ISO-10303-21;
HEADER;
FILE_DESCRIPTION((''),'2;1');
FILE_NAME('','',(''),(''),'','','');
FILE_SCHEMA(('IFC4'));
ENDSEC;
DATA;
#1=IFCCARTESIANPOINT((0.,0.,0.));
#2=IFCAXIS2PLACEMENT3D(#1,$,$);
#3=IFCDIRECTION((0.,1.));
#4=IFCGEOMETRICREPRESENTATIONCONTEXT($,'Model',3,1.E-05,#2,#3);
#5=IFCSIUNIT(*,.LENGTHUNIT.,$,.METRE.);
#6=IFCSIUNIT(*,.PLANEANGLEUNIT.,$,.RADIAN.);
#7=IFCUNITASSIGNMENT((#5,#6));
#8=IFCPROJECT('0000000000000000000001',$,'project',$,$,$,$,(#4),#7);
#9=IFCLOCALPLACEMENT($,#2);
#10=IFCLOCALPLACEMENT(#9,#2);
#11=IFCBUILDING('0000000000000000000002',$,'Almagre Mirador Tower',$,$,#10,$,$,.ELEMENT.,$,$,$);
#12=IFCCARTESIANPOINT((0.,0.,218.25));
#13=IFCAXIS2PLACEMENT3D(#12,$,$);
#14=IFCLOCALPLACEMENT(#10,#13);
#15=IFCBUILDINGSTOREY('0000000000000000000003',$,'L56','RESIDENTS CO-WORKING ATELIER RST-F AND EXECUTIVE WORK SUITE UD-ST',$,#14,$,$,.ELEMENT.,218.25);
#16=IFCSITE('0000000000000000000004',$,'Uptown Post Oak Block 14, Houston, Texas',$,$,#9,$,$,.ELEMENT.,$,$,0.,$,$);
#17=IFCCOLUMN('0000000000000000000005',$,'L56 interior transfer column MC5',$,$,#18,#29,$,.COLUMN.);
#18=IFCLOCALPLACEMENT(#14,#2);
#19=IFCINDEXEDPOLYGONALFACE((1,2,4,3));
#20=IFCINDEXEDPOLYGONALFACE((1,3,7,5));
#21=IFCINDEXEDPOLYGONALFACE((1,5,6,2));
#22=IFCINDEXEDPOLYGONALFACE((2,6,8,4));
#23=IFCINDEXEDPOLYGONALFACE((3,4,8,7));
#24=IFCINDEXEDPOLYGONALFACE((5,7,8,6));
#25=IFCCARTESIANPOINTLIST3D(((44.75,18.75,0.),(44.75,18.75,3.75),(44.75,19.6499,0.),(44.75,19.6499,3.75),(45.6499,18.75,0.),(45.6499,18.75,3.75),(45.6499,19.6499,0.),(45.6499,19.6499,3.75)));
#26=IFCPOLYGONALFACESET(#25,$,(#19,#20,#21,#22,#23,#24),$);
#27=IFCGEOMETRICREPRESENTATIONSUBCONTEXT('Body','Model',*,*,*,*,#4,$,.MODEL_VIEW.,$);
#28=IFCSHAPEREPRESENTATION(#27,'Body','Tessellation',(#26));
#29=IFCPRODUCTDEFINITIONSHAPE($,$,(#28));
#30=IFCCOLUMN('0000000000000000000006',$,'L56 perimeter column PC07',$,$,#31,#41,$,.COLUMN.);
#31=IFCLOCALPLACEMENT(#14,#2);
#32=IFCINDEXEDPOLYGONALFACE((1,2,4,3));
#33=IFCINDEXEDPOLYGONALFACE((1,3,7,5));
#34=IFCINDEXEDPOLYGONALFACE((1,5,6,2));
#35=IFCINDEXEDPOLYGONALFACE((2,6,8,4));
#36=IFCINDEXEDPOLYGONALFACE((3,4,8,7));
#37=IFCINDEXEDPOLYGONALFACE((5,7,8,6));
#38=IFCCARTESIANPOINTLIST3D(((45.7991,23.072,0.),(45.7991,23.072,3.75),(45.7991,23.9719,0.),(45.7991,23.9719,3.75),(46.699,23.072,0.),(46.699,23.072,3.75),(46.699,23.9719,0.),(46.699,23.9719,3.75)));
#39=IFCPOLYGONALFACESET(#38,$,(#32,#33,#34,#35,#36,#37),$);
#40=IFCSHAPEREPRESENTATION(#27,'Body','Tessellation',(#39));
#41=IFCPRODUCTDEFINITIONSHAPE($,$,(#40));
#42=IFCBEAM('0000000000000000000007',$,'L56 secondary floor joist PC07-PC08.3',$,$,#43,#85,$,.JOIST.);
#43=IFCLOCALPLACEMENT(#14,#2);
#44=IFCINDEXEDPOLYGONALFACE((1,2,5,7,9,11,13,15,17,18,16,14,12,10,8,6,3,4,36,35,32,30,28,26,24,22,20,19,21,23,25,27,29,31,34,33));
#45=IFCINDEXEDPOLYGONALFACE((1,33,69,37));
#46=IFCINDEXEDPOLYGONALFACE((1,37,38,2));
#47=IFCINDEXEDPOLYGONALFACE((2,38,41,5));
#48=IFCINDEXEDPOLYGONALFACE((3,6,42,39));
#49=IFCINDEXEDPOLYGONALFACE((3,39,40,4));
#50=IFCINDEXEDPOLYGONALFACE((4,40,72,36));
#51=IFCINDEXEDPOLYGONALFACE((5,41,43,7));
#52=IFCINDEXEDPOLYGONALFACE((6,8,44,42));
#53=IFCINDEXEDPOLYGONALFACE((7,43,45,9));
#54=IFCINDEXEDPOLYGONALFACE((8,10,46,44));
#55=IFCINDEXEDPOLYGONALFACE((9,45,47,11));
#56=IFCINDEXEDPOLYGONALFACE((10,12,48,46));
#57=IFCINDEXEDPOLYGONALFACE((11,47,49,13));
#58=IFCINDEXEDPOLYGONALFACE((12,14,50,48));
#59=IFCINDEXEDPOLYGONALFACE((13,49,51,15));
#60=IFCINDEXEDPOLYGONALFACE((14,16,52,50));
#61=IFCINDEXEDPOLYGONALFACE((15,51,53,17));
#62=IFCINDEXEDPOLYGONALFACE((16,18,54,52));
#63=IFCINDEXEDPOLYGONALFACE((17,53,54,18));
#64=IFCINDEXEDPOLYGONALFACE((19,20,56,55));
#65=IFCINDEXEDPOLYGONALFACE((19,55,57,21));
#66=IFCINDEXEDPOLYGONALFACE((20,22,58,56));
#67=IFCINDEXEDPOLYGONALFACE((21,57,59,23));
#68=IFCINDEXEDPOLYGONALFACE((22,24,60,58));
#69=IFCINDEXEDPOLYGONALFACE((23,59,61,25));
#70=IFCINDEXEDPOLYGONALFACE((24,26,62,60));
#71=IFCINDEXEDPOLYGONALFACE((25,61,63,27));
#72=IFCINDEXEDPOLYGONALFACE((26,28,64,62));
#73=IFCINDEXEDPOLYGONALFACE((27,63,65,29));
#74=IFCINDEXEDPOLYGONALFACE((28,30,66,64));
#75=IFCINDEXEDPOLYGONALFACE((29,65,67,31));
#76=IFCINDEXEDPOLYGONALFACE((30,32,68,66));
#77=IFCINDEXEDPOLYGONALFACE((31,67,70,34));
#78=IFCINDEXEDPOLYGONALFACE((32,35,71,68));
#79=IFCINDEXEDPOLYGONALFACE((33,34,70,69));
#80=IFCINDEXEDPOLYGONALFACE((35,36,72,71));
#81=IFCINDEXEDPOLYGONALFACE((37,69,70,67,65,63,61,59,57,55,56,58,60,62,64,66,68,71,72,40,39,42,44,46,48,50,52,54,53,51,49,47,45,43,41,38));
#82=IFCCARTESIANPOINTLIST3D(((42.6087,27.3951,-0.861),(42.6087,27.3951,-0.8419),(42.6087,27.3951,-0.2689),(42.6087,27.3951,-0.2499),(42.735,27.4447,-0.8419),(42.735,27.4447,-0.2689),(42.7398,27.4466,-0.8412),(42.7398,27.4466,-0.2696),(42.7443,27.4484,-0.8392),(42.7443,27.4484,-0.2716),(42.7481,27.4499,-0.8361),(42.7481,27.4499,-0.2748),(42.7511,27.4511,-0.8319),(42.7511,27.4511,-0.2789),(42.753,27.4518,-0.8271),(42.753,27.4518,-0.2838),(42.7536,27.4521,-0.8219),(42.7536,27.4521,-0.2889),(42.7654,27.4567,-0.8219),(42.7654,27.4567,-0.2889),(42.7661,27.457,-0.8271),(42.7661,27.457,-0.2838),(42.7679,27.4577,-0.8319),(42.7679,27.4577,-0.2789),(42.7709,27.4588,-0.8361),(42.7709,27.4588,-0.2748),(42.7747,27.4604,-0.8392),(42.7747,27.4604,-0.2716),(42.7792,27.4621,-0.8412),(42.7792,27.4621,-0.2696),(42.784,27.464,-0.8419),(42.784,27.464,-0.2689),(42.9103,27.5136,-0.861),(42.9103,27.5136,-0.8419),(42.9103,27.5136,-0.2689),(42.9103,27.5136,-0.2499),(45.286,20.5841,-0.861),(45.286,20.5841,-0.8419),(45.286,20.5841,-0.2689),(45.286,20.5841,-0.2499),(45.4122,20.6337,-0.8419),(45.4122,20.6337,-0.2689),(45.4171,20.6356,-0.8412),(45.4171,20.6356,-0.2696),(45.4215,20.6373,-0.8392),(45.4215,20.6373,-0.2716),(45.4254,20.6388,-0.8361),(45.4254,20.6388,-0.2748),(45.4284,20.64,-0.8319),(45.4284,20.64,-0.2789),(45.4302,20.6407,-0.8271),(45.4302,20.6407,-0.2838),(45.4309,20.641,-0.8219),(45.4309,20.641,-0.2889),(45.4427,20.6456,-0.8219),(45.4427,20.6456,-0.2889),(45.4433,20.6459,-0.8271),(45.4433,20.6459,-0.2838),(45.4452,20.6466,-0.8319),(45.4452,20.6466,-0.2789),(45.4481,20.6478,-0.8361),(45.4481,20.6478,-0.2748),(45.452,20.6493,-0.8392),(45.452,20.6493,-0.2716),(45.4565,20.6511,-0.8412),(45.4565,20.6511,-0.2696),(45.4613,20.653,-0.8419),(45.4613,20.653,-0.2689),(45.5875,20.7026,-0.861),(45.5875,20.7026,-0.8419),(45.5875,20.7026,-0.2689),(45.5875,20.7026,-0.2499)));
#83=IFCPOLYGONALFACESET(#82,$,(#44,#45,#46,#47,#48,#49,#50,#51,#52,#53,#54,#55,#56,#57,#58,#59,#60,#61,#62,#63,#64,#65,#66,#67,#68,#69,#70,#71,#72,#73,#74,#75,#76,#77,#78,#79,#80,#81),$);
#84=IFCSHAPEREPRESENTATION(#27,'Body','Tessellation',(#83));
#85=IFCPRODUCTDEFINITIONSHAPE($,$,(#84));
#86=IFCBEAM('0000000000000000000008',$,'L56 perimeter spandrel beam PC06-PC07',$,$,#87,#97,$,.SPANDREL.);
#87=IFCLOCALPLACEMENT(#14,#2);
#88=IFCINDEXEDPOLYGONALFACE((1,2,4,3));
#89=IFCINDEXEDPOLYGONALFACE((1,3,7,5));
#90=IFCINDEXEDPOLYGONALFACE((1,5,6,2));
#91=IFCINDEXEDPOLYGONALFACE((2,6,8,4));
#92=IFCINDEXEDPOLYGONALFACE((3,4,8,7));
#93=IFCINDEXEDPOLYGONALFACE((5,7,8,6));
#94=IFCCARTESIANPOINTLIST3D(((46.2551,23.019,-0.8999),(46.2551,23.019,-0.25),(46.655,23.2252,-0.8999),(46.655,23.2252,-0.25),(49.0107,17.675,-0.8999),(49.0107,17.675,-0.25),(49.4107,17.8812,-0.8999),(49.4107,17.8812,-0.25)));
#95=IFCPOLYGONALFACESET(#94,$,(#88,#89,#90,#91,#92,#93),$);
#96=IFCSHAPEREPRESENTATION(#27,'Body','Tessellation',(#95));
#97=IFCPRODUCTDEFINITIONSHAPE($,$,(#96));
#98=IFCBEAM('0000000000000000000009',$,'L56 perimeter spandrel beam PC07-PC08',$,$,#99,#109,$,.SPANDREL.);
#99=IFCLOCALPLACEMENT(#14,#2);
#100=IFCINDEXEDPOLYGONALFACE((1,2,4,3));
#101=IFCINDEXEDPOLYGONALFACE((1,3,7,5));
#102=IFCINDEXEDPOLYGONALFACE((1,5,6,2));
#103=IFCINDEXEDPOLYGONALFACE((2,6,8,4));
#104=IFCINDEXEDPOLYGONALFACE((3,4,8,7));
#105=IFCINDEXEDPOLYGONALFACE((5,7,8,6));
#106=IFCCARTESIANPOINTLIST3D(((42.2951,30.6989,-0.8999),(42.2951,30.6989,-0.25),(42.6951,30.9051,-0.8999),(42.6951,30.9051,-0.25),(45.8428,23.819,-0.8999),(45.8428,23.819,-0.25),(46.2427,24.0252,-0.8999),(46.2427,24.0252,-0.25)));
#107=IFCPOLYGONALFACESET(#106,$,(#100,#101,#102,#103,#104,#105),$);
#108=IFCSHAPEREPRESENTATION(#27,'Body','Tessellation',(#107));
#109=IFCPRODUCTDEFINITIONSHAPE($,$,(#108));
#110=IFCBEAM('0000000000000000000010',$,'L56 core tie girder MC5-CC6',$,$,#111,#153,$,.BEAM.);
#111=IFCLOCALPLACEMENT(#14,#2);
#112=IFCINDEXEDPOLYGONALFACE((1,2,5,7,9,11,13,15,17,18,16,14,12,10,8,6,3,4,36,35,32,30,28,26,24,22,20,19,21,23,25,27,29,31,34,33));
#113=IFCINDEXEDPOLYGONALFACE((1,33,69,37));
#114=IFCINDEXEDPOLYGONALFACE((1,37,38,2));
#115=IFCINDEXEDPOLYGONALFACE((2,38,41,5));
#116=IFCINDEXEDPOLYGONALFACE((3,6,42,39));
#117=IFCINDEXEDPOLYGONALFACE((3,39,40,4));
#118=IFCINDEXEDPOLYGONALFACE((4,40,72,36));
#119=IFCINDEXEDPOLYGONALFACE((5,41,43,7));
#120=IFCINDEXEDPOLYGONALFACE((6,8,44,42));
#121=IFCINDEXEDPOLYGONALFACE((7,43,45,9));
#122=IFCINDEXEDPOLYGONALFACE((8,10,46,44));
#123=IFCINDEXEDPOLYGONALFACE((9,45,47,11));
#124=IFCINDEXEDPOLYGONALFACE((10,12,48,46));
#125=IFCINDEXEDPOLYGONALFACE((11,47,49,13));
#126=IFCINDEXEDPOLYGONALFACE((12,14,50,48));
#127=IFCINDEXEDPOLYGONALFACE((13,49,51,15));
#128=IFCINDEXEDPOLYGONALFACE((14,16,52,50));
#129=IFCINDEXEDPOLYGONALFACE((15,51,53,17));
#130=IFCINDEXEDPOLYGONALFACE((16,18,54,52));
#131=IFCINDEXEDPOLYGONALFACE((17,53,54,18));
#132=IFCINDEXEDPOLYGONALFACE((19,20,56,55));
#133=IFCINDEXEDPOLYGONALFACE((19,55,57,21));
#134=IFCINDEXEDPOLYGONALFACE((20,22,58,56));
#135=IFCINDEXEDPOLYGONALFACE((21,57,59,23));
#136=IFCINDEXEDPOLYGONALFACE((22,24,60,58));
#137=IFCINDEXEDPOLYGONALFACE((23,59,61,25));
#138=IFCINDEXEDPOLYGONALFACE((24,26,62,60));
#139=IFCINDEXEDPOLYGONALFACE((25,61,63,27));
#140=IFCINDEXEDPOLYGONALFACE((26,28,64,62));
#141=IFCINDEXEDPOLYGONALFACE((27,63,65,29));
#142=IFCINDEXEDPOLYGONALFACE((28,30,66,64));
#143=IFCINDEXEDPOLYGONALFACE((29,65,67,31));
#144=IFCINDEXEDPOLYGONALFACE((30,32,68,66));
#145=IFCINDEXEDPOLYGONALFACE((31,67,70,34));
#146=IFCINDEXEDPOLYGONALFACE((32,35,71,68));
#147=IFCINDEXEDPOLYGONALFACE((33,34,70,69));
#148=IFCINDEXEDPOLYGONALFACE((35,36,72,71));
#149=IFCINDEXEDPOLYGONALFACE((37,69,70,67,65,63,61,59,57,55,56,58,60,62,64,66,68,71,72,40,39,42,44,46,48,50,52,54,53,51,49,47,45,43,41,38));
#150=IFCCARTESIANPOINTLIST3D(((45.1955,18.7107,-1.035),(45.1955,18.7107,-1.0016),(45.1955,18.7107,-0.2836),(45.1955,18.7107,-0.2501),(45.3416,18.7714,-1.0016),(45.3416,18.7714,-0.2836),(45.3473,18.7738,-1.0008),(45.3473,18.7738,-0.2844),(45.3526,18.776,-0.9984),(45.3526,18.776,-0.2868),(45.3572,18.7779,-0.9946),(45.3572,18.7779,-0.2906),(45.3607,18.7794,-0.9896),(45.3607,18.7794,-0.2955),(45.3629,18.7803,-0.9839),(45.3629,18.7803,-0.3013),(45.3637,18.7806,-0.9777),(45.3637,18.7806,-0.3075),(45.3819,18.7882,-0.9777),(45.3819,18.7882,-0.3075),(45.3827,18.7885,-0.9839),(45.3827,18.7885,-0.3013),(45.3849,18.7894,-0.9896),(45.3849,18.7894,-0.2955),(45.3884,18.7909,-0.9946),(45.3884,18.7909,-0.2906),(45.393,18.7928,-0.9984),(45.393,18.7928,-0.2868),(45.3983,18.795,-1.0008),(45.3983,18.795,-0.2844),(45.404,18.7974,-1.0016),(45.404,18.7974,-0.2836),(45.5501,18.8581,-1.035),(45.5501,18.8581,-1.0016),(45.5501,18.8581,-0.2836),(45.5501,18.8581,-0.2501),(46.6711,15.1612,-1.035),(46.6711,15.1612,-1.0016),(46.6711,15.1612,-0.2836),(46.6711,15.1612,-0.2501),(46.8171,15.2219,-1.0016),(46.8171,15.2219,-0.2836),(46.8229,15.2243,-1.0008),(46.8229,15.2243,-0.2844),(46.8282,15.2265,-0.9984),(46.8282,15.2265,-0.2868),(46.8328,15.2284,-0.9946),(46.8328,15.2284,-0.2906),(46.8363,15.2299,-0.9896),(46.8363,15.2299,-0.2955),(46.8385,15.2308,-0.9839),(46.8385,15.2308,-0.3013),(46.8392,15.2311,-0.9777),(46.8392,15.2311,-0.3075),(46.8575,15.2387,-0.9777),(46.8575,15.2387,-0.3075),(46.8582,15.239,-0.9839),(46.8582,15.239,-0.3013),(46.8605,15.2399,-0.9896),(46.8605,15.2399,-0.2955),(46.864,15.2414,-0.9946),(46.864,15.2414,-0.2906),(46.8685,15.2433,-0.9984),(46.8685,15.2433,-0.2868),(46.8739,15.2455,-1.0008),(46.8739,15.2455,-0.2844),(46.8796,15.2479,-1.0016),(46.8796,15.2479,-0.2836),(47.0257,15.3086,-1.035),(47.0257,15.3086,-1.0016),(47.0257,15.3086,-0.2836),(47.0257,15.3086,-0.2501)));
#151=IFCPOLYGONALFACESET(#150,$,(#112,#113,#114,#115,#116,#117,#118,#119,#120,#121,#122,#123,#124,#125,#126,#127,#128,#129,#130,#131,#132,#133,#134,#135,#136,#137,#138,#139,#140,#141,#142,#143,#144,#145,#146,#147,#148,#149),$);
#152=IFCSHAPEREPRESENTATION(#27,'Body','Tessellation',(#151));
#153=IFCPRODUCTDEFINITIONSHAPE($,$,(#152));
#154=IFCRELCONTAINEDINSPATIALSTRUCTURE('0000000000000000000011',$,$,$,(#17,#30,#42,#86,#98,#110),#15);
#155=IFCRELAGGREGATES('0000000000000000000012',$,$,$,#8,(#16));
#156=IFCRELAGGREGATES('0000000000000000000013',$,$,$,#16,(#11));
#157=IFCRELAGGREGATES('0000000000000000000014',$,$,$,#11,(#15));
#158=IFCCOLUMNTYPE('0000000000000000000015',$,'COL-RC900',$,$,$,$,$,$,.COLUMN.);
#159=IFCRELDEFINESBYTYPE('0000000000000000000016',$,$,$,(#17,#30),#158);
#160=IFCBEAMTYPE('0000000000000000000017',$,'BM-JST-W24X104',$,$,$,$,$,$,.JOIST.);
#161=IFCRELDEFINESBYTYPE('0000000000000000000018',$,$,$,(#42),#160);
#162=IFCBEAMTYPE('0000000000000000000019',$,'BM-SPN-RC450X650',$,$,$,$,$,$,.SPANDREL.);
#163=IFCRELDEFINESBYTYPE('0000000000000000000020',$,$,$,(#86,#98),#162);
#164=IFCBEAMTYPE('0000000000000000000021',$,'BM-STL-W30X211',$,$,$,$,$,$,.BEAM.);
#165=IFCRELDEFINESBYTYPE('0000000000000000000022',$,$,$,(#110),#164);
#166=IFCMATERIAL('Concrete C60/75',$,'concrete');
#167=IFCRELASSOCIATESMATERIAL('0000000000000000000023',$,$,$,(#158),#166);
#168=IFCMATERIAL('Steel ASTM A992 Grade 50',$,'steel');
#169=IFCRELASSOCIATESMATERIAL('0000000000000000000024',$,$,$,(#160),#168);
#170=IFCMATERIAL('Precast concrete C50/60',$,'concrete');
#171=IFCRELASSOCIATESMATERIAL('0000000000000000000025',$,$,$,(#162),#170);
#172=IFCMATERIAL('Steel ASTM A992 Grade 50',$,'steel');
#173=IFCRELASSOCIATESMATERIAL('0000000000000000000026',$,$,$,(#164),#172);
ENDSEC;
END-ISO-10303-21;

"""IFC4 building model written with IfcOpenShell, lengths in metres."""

from ifc_helpers import new_model, si_unit, direction, frame, origin, origin_2d, place, context, subcontext, project, spatial, rectangle, i_section, extrude, material, material_profile, profile_set, type_object, element, save


model = new_model("IFC4")

# Units and contexts
model_context = context("Model", 3, precision=1e-05, world=origin(), true_north=direction((0.0, 1.0)))
body_context = subcontext(model_context, "Body", "Model", "MODEL_VIEW")
ifc_project = project(units=[si_unit("LENGTHUNIT", "METRE"), si_unit("PLANEANGLEUNIT", "RADIAN")], contexts=[model_context])

# Site, building, storey
site_placement = place(None, origin())
site = spatial("IfcSite", under=ifc_project, at=site_placement, Name="Uptown Post Oak Block 14, Houston, Texas", CompositionType="ELEMENT", RefElevation=0.0)
building_placement = place(site_placement, origin())
building = spatial("IfcBuilding", under=site, at=building_placement, Name="Almagre Mirador Tower", CompositionType="ELEMENT")
storey_placement = place(building_placement, frame((0.0, 0.0, 218.25)))
storey = spatial("IfcBuildingStorey", under=building, at=storey_placement, Name="L56", Description="RESIDENTS CO-WORKING ATELIER RST-F AND EXECUTIVE WORK SUITE UD-ST", CompositionType="ELEMENT", Elevation=218.25)

# Columns
ifc_material_1 = material(Name="Concrete C60/75", Category="concrete")
ifc_material_profile_1 = material_profile(ifc_material_1, rectangle(XDim=0.8999, YDim=0.8999, at=origin_2d()), Name="RC900X900")
ifc_profile_set_1 = profile_set([ifc_material_profile_1], Name="Concrete C60/75")
column_type = type_object("IfcColumnType", Name="COL-RC900", PredefinedType="COLUMN", material=ifc_profile_set_1)
for number, where, z_axis, x_axis, name in (
    (1, (45.2, 19.2, 0.0), (0.0, 0.0, 1.0), (1.0, 0.0, 0.0), "L56 interior transfer column MC5"),
    (2, (46.249, 23.522, 0.0), (0.0, 0.0, 1.0), (1.0, 0.0, 0.0), "L56 perimeter column PC07"),
):
    element("IfcColumn", number, at=place(storey_placement, frame(where, z_axis=z_axis, x_axis=x_axis)), inside=storey, type_object=column_type, Name=name, PredefinedType="COLUMN", context=body_context, shape_type="SweptSolid", body=[
        extrude(rectangle(XDim=0.8999, YDim=0.8999, at=origin_2d()), origin(), (0.0, 0.0, 1.0), 3.75),
    ])

# Beams
ifc_material_2 = material(Name="Steel ASTM A992 Grade 50", Category="steel")
ifc_material_profile_2 = material_profile(ifc_material_2, i_section(OverallWidth=0.324, OverallDepth=0.6111, WebThickness=0.0127, FlangeThickness=0.019, FilletRadius=0.02, at=origin_2d()), Name="W24X104")
ifc_profile_set_2 = profile_set([ifc_material_profile_2], Name="Steel ASTM A992 Grade 50")
beam_type_1 = type_object("IfcBeamType", Name="BM-JST-W24X104", PredefinedType="JOIST", material=ifc_profile_set_2)
beam_1_placement = place(storey_placement, frame((45.4368, 20.6433, -0.5554), z_axis=(-0.365828, 0.930683, 0.0), x_axis=(-0.930683, -0.365828, 0.0)))
element("IfcBeam", 3, at=beam_1_placement, inside=storey, type_object=beam_type_1, Name="L56 secondary floor joist PC07-PC08.3", PredefinedType="JOIST", context=body_context, shape_type="SweptSolid", body=[
    extrude(i_section(OverallWidth=0.324, OverallDepth=0.6111, WebThickness=0.0127, FlangeThickness=0.019, FilletRadius=0.02, at=origin_2d()), origin(), (0.0, 0.0, 1.0), 7.3184),
])
ifc_material_3 = material(Name="Precast concrete C50/60", Category="concrete")
ifc_material_profile_3 = material_profile(ifc_material_3, rectangle(XDim=0.45, YDim=0.6499, at=origin_2d()), Name="RC450X650")
ifc_profile_set_3 = profile_set([ifc_material_profile_3], Name="Precast concrete C50/60")
beam_type_2 = type_object("IfcBeamType", Name="BM-SPN-RC450X650", PredefinedType="SPANDREL", material=ifc_profile_set_3)
beam_2_placement = place(storey_placement, frame((49.2107, 17.7781, -0.575), z_axis=(-0.458305, 0.888795, 0.0), x_axis=(-0.888795, -0.458305, 0.0)))
element("IfcBeam", 4, at=beam_2_placement, inside=storey, type_object=beam_type_2, Name="L56 perimeter spandrel beam PC06-PC07", PredefinedType="SPANDREL", context=body_context, shape_type="SweptSolid", body=[
    extrude(rectangle(XDim=0.45, YDim=0.6499, at=origin_2d()), origin(), (0.0, 0.0, 1.0), 6.0127),
])
beam_3_placement = place(storey_placement, frame((46.0427, 23.9221, -0.575), z_axis=(-0.458306, 0.888794, 0.0), x_axis=(-0.888794, -0.458306, 0.0)))
element("IfcBeam", 5, at=beam_3_placement, inside=storey, type_object=beam_type_2, Name="L56 perimeter spandrel beam PC07-PC08", PredefinedType="SPANDREL", context=body_context, shape_type="SweptSolid", body=[
    extrude(rectangle(XDim=0.45, YDim=0.6499, at=origin_2d()), origin(), (0.0, 0.0, 1.0), 7.7407),
])
ifc_material_4 = material(Name="Steel ASTM A992 Grade 50", Category="steel")
ifc_material_profile_4 = material_profile(ifc_material_4, i_section(OverallWidth=0.384, OverallDepth=0.7849, WebThickness=0.0198, FlangeThickness=0.0334, FilletRadius=0.0239, at=origin_2d()), Name="W30X211")
ifc_profile_set_4 = profile_set([ifc_material_profile_4], Name="Steel ASTM A992 Grade 50")
beam_type_3 = type_object("IfcBeamType", Name="BM-STL-W30X211", PredefinedType="BEAM", material=ifc_profile_set_4)
beam_4_placement = place(storey_placement, frame((45.3728, 18.7844, -0.6426), z_axis=(0.383862, -0.92339, 0.0), x_axis=(0.92339, 0.383862, 0.0)))
element("IfcBeam", 6, at=beam_4_placement, inside=storey, type_object=beam_type_3, Name="L56 core tie girder MC5-CC6", PredefinedType="BEAM", context=body_context, shape_type="SweptSolid", body=[
    extrude(i_section(OverallWidth=0.384, OverallDepth=0.7849, WebThickness=0.0198, FlangeThickness=0.0334, FilletRadius=0.0239, at=origin_2d()), origin(), (0.0, 0.0, 1.0), 3.844),
])

save(model, "model.ifc")
